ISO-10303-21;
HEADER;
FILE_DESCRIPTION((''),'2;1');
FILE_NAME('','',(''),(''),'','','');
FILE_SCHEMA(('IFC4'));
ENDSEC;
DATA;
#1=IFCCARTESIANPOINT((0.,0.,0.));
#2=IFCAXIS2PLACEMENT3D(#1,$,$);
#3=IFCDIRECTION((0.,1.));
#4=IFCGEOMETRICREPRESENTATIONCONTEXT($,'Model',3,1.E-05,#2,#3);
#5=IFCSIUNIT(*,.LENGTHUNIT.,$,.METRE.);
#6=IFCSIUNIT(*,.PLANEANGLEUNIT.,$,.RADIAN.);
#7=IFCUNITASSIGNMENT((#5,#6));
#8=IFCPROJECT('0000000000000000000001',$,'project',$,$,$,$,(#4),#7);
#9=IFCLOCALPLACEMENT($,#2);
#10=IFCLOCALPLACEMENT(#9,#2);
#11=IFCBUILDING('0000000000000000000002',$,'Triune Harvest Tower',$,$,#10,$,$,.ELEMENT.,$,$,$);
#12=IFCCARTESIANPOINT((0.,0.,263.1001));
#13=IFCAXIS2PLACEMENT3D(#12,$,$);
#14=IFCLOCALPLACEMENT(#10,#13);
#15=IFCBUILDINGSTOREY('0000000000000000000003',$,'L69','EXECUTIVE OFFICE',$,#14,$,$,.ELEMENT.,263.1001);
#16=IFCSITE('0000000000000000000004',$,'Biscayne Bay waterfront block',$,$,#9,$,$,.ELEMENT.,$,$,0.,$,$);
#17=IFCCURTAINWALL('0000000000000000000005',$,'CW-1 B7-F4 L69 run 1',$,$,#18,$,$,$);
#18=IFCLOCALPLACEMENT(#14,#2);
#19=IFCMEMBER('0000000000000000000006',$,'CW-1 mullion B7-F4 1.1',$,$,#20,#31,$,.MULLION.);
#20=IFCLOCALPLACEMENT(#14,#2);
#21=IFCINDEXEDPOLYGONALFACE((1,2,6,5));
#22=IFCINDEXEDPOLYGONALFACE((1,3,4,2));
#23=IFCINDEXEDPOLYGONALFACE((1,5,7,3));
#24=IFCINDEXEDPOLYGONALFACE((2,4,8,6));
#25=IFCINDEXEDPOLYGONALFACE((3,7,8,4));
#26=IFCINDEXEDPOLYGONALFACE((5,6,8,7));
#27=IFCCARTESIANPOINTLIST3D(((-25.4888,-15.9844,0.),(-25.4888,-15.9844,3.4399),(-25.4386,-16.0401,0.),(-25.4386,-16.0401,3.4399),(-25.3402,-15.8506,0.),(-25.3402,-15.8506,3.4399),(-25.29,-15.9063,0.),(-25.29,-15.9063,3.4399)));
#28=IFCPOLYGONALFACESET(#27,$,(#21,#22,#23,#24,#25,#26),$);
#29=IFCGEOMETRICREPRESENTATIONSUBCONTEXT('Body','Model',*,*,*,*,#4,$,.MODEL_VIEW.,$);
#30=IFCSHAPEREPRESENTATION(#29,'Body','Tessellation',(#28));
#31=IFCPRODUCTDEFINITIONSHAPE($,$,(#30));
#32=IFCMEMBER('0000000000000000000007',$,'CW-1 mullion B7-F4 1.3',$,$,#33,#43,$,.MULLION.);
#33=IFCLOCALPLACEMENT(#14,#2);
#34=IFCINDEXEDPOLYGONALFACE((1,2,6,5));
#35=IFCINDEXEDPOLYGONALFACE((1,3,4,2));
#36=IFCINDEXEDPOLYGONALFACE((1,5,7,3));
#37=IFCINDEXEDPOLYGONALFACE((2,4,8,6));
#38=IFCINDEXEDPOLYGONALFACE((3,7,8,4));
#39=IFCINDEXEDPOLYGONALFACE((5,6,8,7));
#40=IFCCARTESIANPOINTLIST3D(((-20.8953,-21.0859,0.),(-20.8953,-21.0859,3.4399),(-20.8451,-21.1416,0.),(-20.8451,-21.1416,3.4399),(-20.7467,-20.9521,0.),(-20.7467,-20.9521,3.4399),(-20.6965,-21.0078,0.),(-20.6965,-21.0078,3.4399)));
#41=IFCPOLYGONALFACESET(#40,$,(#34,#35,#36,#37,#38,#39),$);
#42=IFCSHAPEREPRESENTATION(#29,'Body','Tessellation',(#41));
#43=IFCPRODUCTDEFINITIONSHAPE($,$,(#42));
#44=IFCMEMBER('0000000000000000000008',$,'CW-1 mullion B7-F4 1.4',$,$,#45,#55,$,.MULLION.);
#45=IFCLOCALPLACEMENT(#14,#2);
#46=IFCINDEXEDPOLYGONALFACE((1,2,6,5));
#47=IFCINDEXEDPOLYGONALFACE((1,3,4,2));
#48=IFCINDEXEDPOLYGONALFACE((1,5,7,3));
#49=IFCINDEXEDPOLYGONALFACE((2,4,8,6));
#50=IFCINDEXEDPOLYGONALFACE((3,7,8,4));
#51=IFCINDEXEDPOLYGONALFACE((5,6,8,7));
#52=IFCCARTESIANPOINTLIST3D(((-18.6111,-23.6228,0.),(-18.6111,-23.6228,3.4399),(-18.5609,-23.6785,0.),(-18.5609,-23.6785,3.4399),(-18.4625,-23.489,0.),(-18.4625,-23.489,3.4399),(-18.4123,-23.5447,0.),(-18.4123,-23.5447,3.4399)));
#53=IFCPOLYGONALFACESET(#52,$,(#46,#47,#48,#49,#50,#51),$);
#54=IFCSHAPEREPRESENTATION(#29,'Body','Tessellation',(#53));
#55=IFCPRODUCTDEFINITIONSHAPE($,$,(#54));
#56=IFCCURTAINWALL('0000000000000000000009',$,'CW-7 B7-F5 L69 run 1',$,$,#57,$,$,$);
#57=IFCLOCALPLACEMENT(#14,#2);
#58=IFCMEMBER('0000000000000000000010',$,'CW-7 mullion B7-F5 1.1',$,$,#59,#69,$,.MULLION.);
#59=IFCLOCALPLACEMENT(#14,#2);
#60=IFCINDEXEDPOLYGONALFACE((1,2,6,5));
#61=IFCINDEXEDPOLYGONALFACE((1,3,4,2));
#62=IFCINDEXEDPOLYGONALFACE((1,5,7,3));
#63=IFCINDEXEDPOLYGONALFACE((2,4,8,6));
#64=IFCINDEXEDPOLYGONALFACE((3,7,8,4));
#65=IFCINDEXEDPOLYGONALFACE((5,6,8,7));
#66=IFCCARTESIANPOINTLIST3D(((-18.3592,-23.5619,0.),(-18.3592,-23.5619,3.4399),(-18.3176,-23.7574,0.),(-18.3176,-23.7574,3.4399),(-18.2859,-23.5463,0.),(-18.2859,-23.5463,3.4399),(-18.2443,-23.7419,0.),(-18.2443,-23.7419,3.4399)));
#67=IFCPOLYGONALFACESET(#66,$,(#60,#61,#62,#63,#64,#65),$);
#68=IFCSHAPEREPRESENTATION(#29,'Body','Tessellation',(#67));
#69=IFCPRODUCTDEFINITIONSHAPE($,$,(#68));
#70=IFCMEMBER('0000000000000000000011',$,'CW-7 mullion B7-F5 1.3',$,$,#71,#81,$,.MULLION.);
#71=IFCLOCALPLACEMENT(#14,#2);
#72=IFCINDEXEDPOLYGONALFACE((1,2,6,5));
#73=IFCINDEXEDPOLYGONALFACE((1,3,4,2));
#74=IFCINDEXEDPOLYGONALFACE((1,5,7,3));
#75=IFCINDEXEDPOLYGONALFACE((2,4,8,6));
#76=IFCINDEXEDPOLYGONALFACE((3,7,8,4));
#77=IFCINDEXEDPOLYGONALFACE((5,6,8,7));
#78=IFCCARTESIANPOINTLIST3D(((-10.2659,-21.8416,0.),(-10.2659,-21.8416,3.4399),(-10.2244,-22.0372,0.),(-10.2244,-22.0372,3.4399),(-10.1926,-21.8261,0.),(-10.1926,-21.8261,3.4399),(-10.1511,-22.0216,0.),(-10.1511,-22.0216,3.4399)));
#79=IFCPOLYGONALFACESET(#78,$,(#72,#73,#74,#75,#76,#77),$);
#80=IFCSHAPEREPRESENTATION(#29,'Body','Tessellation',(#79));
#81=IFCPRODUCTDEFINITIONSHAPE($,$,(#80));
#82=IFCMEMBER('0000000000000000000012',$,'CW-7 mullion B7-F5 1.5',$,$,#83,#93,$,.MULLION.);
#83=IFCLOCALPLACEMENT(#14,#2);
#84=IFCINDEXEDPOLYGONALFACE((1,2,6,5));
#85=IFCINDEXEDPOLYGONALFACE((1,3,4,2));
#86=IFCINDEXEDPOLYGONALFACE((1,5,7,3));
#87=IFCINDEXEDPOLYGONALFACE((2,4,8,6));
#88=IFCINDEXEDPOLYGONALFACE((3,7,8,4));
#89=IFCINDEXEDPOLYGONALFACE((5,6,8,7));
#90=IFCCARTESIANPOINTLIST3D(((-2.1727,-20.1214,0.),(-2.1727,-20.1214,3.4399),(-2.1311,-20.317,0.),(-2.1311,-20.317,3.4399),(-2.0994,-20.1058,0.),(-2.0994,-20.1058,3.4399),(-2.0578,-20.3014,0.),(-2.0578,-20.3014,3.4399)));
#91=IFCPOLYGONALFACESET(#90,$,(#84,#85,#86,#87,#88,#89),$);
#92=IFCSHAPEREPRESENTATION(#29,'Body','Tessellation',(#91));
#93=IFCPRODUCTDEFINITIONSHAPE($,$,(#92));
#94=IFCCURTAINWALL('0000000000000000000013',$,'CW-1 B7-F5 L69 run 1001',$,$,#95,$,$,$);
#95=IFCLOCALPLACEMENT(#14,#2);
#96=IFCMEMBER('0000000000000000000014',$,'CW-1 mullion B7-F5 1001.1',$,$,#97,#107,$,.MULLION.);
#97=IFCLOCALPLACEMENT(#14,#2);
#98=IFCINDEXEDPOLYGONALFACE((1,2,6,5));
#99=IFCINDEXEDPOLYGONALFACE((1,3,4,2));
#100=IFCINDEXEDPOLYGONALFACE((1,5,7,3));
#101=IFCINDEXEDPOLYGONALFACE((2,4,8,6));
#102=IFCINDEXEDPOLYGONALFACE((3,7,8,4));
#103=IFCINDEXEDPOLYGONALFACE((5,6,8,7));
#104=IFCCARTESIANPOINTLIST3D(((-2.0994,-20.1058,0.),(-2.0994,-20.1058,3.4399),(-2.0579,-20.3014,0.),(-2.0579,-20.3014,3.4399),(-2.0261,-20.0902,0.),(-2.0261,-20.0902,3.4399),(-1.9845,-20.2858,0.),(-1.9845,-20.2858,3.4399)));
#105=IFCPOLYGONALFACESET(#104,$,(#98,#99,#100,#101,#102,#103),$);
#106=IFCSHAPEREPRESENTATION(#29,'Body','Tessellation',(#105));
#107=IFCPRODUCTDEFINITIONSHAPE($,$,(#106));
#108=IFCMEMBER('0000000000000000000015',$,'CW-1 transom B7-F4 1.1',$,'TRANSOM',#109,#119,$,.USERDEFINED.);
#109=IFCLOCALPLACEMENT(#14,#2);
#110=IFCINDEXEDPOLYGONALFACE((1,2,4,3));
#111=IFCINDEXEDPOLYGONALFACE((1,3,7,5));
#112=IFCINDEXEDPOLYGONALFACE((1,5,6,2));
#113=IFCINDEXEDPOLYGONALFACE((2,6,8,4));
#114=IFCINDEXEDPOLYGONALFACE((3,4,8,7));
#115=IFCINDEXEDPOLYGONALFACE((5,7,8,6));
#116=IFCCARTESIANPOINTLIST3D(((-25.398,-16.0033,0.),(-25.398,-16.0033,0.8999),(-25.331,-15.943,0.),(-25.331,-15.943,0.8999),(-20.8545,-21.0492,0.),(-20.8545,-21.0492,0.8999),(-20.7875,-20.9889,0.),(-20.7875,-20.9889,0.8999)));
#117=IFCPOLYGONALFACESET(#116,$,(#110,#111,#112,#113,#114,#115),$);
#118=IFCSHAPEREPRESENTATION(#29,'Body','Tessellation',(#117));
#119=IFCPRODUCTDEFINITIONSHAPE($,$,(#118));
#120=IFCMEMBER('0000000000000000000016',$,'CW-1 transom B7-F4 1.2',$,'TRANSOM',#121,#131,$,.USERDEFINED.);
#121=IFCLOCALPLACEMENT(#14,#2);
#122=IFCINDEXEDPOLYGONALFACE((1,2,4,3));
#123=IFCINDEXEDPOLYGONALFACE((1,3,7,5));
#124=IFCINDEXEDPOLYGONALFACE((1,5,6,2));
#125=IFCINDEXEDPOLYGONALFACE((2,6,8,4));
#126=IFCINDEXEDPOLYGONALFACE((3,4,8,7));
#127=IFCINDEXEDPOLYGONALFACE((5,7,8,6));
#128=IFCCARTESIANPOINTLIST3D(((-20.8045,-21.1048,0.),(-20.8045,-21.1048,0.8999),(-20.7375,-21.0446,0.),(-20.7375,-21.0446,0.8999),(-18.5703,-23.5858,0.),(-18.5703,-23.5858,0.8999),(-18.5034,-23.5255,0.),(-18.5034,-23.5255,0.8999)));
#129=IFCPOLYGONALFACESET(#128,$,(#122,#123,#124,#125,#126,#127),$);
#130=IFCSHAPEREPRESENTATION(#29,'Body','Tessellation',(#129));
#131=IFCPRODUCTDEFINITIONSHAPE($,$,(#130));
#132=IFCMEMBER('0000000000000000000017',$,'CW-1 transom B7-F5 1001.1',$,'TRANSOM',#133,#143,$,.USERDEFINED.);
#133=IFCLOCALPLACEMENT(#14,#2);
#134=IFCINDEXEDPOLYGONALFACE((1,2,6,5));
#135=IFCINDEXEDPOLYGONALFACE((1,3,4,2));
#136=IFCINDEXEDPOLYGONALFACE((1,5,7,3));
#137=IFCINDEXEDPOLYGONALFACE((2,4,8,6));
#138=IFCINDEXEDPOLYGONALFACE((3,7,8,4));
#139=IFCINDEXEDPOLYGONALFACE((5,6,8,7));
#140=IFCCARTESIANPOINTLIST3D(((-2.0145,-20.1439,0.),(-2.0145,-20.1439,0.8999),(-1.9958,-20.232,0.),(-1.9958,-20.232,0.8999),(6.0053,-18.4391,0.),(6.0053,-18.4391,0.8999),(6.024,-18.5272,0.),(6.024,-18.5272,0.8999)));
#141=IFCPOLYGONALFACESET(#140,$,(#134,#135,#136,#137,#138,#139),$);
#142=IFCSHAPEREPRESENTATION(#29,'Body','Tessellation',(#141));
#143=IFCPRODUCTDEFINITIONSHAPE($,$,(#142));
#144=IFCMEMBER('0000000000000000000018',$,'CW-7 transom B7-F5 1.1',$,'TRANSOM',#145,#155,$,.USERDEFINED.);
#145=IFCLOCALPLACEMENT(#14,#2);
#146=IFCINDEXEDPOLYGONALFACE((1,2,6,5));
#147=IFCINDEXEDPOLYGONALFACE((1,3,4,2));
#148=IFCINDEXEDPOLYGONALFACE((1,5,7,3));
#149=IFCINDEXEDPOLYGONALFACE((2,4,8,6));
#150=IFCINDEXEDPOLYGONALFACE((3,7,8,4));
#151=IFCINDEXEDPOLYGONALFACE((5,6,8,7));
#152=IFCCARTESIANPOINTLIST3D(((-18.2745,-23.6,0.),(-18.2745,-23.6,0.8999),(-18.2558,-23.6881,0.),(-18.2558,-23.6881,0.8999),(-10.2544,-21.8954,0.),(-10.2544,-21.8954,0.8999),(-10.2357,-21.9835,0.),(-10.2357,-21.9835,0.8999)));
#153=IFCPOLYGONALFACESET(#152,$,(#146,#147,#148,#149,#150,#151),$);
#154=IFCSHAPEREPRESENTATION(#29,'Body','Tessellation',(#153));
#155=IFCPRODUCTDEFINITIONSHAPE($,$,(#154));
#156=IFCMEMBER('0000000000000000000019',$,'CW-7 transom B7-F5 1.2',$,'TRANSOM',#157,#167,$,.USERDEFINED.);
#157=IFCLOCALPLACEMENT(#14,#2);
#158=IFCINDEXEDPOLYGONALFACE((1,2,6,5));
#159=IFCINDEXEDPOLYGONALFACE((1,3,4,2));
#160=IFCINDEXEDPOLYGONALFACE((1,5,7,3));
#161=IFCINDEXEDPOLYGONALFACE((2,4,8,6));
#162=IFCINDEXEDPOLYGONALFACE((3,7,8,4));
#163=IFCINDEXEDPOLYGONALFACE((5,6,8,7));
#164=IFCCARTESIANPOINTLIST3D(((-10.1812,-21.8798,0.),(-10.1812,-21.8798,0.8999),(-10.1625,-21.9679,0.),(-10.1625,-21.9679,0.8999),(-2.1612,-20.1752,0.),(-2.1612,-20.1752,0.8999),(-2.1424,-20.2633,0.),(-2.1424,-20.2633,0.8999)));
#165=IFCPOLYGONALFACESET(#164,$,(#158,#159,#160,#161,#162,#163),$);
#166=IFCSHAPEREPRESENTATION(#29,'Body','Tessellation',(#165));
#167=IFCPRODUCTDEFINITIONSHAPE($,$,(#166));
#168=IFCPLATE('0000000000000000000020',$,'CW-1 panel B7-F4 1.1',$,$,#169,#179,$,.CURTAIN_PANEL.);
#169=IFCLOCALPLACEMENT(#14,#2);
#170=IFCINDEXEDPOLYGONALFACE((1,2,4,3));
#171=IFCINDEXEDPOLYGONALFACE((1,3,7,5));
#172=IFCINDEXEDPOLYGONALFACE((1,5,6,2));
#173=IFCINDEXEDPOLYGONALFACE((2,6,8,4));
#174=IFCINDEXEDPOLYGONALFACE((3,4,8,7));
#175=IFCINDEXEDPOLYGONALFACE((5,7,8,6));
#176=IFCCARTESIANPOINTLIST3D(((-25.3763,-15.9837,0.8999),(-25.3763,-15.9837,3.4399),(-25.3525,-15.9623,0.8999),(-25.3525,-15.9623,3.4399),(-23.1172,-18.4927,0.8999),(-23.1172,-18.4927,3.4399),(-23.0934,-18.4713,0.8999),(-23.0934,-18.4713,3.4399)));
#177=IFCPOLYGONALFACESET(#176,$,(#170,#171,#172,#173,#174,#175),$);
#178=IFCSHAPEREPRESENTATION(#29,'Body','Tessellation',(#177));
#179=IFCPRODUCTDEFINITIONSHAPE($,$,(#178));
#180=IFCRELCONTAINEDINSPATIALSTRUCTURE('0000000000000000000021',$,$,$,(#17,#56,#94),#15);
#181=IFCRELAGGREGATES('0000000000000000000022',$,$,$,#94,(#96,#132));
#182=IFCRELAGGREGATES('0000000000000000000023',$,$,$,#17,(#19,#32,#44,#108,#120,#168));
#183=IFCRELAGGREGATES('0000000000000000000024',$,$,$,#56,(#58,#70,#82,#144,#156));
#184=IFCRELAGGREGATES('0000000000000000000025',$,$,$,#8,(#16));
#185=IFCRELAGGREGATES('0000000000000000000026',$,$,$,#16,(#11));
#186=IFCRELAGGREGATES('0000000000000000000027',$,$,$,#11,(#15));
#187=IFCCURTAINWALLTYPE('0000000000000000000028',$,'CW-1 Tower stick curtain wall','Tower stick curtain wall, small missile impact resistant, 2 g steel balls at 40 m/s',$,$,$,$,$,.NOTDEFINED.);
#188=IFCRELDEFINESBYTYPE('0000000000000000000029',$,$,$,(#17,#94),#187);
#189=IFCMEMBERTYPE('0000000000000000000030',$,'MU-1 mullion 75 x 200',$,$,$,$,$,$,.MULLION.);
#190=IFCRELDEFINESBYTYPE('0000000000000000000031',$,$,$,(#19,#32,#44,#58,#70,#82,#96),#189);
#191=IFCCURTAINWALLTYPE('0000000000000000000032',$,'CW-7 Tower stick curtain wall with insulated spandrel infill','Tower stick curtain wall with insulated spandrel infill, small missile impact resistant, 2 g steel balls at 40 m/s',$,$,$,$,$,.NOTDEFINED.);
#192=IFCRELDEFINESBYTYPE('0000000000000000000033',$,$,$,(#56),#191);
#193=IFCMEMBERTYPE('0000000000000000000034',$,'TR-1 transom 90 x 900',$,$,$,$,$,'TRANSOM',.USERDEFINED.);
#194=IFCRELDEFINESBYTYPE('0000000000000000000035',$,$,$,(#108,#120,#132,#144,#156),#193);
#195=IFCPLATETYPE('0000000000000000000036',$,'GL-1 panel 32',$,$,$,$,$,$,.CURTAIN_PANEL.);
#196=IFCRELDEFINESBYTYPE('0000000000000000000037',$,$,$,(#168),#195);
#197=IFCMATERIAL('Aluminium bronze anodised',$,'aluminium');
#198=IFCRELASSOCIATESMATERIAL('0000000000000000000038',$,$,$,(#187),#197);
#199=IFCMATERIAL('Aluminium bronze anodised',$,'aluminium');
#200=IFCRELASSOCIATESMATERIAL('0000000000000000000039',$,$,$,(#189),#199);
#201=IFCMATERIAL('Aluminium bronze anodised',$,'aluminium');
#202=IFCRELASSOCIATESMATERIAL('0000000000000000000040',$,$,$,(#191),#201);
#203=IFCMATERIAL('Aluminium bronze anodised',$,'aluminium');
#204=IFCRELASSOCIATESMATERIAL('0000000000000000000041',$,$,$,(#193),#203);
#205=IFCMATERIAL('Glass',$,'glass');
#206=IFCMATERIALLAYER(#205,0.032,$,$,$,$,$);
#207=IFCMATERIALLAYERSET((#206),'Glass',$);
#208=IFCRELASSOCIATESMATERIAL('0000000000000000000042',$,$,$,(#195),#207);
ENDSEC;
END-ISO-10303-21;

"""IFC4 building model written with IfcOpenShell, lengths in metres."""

from ifc_helpers import new_model, si_unit, direction, frame, origin, origin_2d, place, context, subcontext, project, spatial, rectangle, extrude, source, transform, mapped, material, layer, layer_set, material_profile, profile_set, type_object, element, aggregate, save


model = new_model("IFC4")

# Units and contexts
model_context = context("Model", 3, precision=1e-05, world=origin(), true_north=direction((0.0, 1.0)))
body_context = subcontext(model_context, "Body", "Model", "MODEL_VIEW")
ifc_project = project(units=[si_unit("LENGTHUNIT", "METRE"), si_unit("PLANEANGLEUNIT", "RADIAN")], contexts=[model_context])

# Site, building, storey
site_placement = place(None, origin())
site = spatial("IfcSite", under=ifc_project, at=site_placement, Name="Biscayne Bay waterfront block", CompositionType="ELEMENT", RefElevation=0.0)
building_placement = place(site_placement, origin())
building = spatial("IfcBuilding", under=site, at=building_placement, Name="Triune Harvest Tower", CompositionType="ELEMENT")
storey_placement = place(building_placement, frame((0.0, 0.0, 263.1001)))
storey = spatial("IfcBuildingStorey", under=building, at=storey_placement, Name="L69", Description="EXECUTIVE OFFICE", CompositionType="ELEMENT", Elevation=263.1001)

# Curtain walls, members
ifc_material_1 = material(Name="Aluminium bronze anodised", Category="aluminium")
curtain_wall_type_1 = type_object("IfcCurtainWallType", Name="CW-1 Tower stick curtain wall", Description="Tower stick curtain wall, small missile impact resistant, 2 g steel balls at 40 m/s", PredefinedType="NOTDEFINED", material=ifc_material_1)
curtain_wall_1_placement = place(storey_placement, origin())
curtain_wall_1 = element("IfcCurtainWall", 1, at=curtain_wall_1_placement, inside=storey, type_object=curtain_wall_type_1, Name="CW-1 B7-F4 L69 run 1")
ifc_material_2 = material(Name="Aluminium bronze anodised", Category="aluminium")
ifc_material_profile_1 = material_profile(ifc_material_2, rectangle(XDim=0.2, YDim=0.075, at=origin_2d()), Name="MU-1 mullion 75 x 200")
ifc_profile_set_1 = profile_set([ifc_material_profile_1], Name="Aluminium bronze anodised")
member_type_1 = type_object("IfcMemberType", Name="MU-1 mullion 75 x 200", PredefinedType="MULLION", material=ifc_profile_set_1)
shared_shape_1 = source(origin(), body_context, "Body", "SweptSolid", [
    extrude(rectangle(XDim=0.2, YDim=0.075, at=origin_2d()), origin(), (0.0, 0.0, 1.0), 3.4399),
])
member_1_placement = place(storey_placement, frame((-25.3894, -15.9453, 0.0), z_axis=(0.0, 0.0, 1.0), x_axis=(0.743144, 0.669132, 0.0)))
member_1 = element("IfcMember", 2, at=member_1_placement, type_object=member_type_1, Name="CW-1 mullion B7-F4 1.1", PredefinedType="MULLION", context=body_context, shape_type="MappedRepresentation", body=[
    mapped(shared_shape_1, transform((0.0, 0.0, 0.0), scale=1.0)),
])
member_2_placement = place(storey_placement, frame((-20.7959, -21.0469, 0.0), z_axis=(0.0, 0.0, 1.0), x_axis=(0.743144, 0.669132, 0.0)))
member_2 = element("IfcMember", 3, at=member_2_placement, type_object=member_type_1, Name="CW-1 mullion B7-F4 1.3", PredefinedType="MULLION", context=body_context, shape_type="MappedRepresentation", body=[
    mapped(shared_shape_1, transform((0.0, 0.0, 0.0), scale=1.0)),
])
member_3_placement = place(storey_placement, frame((-18.5117, -23.5837, 0.0), z_axis=(0.0, 0.0, 1.0), x_axis=(0.743144, 0.669132, 0.0)))
member_3 = element("IfcMember", 4, at=member_3_placement, type_object=member_type_1, Name="CW-1 mullion B7-F4 1.4", PredefinedType="MULLION", context=body_context, shape_type="MappedRepresentation", body=[
    mapped(shared_shape_1, transform((0.0, 0.0, 0.0), scale=1.0)),
])
ifc_material_3 = material(Name="Aluminium bronze anodised", Category="aluminium")
curtain_wall_type_2 = type_object("IfcCurtainWallType", Name="CW-7 Tower stick curtain wall with insulated spandrel infill", Description="Tower stick curtain wall with insulated spandrel infill, small missile impact resistant, 2 g steel balls at 40 m/s", PredefinedType="NOTDEFINED", material=ifc_material_3)
curtain_wall_2_placement = place(storey_placement, origin())
curtain_wall_2 = element("IfcCurtainWall", 5, at=curtain_wall_2_placement, inside=storey, type_object=curtain_wall_type_2, Name="CW-7 B7-F5 L69 run 1")
member_4_placement = place(storey_placement, frame((-18.3018, -23.6519, 0.0), z_axis=(0.0, 0.0, 1.0), x_axis=(-0.207909, 0.978148, 0.0)))
member_4 = element("IfcMember", 6, at=member_4_placement, type_object=member_type_1, Name="CW-7 mullion B7-F5 1.1", PredefinedType="MULLION", context=body_context, shape_type="MappedRepresentation", body=[
    mapped(shared_shape_1, transform((0.0, 0.0, 0.0), scale=1.0)),
])
member_5_placement = place(storey_placement, frame((-10.2085, -21.9316, 0.0), z_axis=(0.0, 0.0, 1.0), x_axis=(-0.207909, 0.978148, 0.0)))
member_5 = element("IfcMember", 7, at=member_5_placement, type_object=member_type_1, Name="CW-7 mullion B7-F5 1.3", PredefinedType="MULLION", context=body_context, shape_type="MappedRepresentation", body=[
    mapped(shared_shape_1, transform((0.0, 0.0, 0.0), scale=1.0)),
])
member_6_placement = place(storey_placement, frame((-2.1152, -20.2114, 0.0), z_axis=(0.0, 0.0, 1.0), x_axis=(-0.207909, 0.978148, 0.0)))
member_6 = element("IfcMember", 8, at=member_6_placement, type_object=member_type_1, Name="CW-7 mullion B7-F5 1.5", PredefinedType="MULLION", context=body_context, shape_type="MappedRepresentation", body=[
    mapped(shared_shape_1, transform((0.0, 0.0, 0.0), scale=1.0)),
])

# Curtain wall, member
curtain_wall_3_placement = place(storey_placement, origin())
curtain_wall_3 = element("IfcCurtainWall", 9, at=curtain_wall_3_placement, inside=storey, type_object=curtain_wall_type_1, Name="CW-1 B7-F5 L69 run 1001")
member_7_placement = place(storey_placement, frame((-2.042, -20.1958, 0.0), z_axis=(0.0, 0.0, 1.0), x_axis=(-0.207917, 0.978146, 0.0)))
member_7 = element("IfcMember", 10, at=member_7_placement, type_object=member_type_1, Name="CW-1 mullion B7-F5 1001.1", PredefinedType="MULLION", context=body_context, shape_type="MappedRepresentation", body=[
    mapped(shared_shape_1, transform((0.0, 0.0, 0.0), scale=1.0)),
])

# Members
ifc_material_4 = material(Name="Aluminium bronze anodised", Category="aluminium")
ifc_material_profile_2 = material_profile(ifc_material_4, rectangle(XDim=0.0901, YDim=0.8999, at=origin_2d()), Name="TR-1 transom 90 x 900")
ifc_profile_set_2 = profile_set([ifc_material_profile_2], Name="Aluminium bronze anodised")
member_type_2 = type_object("IfcMemberType", Name="TR-1 transom 90 x 900", ElementType="TRANSOM", PredefinedType="USERDEFINED", material=ifc_profile_set_2)
shared_shape_2 = source(origin(), body_context, "Body", "SweptSolid", [
    extrude(rectangle(XDim=0.0901, YDim=0.8999, at=origin_2d()), origin(), (0.0, 0.0, 1.0), 6.79),
])
member_8_placement = place(storey_placement, frame((-25.3645, -15.9731, 0.45), z_axis=(0.66914, -0.743137, 0.0), x_axis=(0.743137, 0.66914, 0.0)))
member_8 = element("IfcMember", 11, at=member_8_placement, type_object=member_type_2, Name="CW-1 transom B7-F4 1.1", ObjectType="TRANSOM", PredefinedType="USERDEFINED", context=body_context, shape_type="MappedRepresentation", body=[
    mapped(shared_shape_2, transform((0.0, 0.0, 0.0), scale=1.0)),
])
shared_shape_3 = source(origin(), body_context, "Body", "SweptSolid", [
    extrude(rectangle(XDim=0.0901, YDim=0.8999, at=origin_2d()), origin(), (0.0, 0.0, 1.0), 3.3386),
])
member_9_placement = place(storey_placement, frame((-20.771, -21.0747, 0.45), z_axis=(0.669175, -0.743105, 0.0), x_axis=(0.743105, 0.669175, 0.0)))
member_9 = element("IfcMember", 12, at=member_9_placement, type_object=member_type_2, Name="CW-1 transom B7-F4 1.2", ObjectType="TRANSOM", PredefinedType="USERDEFINED", context=body_context, shape_type="MappedRepresentation", body=[
    mapped(shared_shape_3, transform((0.0, 0.0, 0.0), scale=1.0)),
])
shared_shape_4 = source(origin(), body_context, "Body", "SweptSolid", [
    extrude(rectangle(XDim=0.0901, YDim=0.8999, at=origin_2d()), origin(), (0.0, 0.0, 1.0), 8.199),
])
member_10_placement = place(storey_placement, frame((-2.0051, -20.188, 0.45), z_axis=(0.978143, 0.207932, 0.0), x_axis=(-0.207932, 0.978143, 0.0)))
member_10 = element("IfcMember", 13, at=member_10_placement, type_object=member_type_2, Name="CW-1 transom B7-F5 1001.1", ObjectType="TRANSOM", PredefinedType="USERDEFINED", context=body_context, shape_type="MappedRepresentation", body=[
    mapped(shared_shape_4, transform((0.0, 0.0, 0.0), scale=1.0)),
])
aggregate(curtain_wall_3, [member_7, member_10])
shared_shape_5 = source(origin(), body_context, "Body", "SweptSolid", [
    extrude(rectangle(XDim=0.0901, YDim=0.8999, at=origin_2d()), origin(), (0.0, 0.0, 1.0), 8.1992),
])
member_11_placement = place(storey_placement, frame((-18.2651, -23.644, 0.45), z_axis=(0.978151, 0.207898, 0.0), x_axis=(-0.207898, 0.978151, 0.0)))
member_11 = element("IfcMember", 14, at=member_11_placement, type_object=member_type_2, Name="CW-7 transom B7-F5 1.1", ObjectType="TRANSOM", PredefinedType="USERDEFINED", context=body_context, shape_type="MappedRepresentation", body=[
    mapped(shared_shape_5, transform((0.0, 0.0, 0.0), scale=1.0)),
])
member_12_placement = place(storey_placement, frame((-10.1719, -21.9238, 0.45), z_axis=(0.978151, 0.207898, 0.0), x_axis=(-0.207898, 0.978151, 0.0)))
member_12 = element("IfcMember", 15, at=member_12_placement, type_object=member_type_2, Name="CW-7 transom B7-F5 1.2", ObjectType="TRANSOM", PredefinedType="USERDEFINED", context=body_context, shape_type="MappedRepresentation", body=[
    mapped(shared_shape_5, transform((0.0, 0.0, 0.0), scale=1.0)),
])

# Plate
ifc_material_5 = material(Name="Glass", Category="glass")
ifc_layer_1 = layer(ifc_material_5, 0.032)
ifc_layer_set_1 = layer_set([ifc_layer_1], Name="Glass")
plate_type_1 = type_object("IfcPlateType", Name="GL-1 panel 32", PredefinedType="CURTAIN_PANEL", material=ifc_layer_set_1)
shared_shape_6 = source(origin(), body_context, "Body", "SweptSolid", [
    extrude(rectangle(XDim=3.3762, YDim=0.032, at=origin_2d()), origin(), (0.0, 0.0, 1.0), 2.54),
])
plate_1_placement = place(storey_placement, frame((-24.2349, -17.2275, 0.8999), z_axis=(0.0, 0.0, 1.0), x_axis=(0.669132, -0.743144, 0.0)))
plate_1 = element("IfcPlate", 16, at=plate_1_placement, type_object=plate_type_1, Name="CW-1 panel B7-F4 1.1", PredefinedType="CURTAIN_PANEL", context=body_context, shape_type="MappedRepresentation", body=[
    mapped(shared_shape_6, transform((0.0, 0.0, 0.0), scale=1.0)),
])
aggregate(curtain_wall_1, [member_1, member_2, member_3, member_8, member_9, plate_1])
aggregate(curtain_wall_2, [member_4, member_5, member_6, member_11, member_12])

save(model, "model.ifc")
